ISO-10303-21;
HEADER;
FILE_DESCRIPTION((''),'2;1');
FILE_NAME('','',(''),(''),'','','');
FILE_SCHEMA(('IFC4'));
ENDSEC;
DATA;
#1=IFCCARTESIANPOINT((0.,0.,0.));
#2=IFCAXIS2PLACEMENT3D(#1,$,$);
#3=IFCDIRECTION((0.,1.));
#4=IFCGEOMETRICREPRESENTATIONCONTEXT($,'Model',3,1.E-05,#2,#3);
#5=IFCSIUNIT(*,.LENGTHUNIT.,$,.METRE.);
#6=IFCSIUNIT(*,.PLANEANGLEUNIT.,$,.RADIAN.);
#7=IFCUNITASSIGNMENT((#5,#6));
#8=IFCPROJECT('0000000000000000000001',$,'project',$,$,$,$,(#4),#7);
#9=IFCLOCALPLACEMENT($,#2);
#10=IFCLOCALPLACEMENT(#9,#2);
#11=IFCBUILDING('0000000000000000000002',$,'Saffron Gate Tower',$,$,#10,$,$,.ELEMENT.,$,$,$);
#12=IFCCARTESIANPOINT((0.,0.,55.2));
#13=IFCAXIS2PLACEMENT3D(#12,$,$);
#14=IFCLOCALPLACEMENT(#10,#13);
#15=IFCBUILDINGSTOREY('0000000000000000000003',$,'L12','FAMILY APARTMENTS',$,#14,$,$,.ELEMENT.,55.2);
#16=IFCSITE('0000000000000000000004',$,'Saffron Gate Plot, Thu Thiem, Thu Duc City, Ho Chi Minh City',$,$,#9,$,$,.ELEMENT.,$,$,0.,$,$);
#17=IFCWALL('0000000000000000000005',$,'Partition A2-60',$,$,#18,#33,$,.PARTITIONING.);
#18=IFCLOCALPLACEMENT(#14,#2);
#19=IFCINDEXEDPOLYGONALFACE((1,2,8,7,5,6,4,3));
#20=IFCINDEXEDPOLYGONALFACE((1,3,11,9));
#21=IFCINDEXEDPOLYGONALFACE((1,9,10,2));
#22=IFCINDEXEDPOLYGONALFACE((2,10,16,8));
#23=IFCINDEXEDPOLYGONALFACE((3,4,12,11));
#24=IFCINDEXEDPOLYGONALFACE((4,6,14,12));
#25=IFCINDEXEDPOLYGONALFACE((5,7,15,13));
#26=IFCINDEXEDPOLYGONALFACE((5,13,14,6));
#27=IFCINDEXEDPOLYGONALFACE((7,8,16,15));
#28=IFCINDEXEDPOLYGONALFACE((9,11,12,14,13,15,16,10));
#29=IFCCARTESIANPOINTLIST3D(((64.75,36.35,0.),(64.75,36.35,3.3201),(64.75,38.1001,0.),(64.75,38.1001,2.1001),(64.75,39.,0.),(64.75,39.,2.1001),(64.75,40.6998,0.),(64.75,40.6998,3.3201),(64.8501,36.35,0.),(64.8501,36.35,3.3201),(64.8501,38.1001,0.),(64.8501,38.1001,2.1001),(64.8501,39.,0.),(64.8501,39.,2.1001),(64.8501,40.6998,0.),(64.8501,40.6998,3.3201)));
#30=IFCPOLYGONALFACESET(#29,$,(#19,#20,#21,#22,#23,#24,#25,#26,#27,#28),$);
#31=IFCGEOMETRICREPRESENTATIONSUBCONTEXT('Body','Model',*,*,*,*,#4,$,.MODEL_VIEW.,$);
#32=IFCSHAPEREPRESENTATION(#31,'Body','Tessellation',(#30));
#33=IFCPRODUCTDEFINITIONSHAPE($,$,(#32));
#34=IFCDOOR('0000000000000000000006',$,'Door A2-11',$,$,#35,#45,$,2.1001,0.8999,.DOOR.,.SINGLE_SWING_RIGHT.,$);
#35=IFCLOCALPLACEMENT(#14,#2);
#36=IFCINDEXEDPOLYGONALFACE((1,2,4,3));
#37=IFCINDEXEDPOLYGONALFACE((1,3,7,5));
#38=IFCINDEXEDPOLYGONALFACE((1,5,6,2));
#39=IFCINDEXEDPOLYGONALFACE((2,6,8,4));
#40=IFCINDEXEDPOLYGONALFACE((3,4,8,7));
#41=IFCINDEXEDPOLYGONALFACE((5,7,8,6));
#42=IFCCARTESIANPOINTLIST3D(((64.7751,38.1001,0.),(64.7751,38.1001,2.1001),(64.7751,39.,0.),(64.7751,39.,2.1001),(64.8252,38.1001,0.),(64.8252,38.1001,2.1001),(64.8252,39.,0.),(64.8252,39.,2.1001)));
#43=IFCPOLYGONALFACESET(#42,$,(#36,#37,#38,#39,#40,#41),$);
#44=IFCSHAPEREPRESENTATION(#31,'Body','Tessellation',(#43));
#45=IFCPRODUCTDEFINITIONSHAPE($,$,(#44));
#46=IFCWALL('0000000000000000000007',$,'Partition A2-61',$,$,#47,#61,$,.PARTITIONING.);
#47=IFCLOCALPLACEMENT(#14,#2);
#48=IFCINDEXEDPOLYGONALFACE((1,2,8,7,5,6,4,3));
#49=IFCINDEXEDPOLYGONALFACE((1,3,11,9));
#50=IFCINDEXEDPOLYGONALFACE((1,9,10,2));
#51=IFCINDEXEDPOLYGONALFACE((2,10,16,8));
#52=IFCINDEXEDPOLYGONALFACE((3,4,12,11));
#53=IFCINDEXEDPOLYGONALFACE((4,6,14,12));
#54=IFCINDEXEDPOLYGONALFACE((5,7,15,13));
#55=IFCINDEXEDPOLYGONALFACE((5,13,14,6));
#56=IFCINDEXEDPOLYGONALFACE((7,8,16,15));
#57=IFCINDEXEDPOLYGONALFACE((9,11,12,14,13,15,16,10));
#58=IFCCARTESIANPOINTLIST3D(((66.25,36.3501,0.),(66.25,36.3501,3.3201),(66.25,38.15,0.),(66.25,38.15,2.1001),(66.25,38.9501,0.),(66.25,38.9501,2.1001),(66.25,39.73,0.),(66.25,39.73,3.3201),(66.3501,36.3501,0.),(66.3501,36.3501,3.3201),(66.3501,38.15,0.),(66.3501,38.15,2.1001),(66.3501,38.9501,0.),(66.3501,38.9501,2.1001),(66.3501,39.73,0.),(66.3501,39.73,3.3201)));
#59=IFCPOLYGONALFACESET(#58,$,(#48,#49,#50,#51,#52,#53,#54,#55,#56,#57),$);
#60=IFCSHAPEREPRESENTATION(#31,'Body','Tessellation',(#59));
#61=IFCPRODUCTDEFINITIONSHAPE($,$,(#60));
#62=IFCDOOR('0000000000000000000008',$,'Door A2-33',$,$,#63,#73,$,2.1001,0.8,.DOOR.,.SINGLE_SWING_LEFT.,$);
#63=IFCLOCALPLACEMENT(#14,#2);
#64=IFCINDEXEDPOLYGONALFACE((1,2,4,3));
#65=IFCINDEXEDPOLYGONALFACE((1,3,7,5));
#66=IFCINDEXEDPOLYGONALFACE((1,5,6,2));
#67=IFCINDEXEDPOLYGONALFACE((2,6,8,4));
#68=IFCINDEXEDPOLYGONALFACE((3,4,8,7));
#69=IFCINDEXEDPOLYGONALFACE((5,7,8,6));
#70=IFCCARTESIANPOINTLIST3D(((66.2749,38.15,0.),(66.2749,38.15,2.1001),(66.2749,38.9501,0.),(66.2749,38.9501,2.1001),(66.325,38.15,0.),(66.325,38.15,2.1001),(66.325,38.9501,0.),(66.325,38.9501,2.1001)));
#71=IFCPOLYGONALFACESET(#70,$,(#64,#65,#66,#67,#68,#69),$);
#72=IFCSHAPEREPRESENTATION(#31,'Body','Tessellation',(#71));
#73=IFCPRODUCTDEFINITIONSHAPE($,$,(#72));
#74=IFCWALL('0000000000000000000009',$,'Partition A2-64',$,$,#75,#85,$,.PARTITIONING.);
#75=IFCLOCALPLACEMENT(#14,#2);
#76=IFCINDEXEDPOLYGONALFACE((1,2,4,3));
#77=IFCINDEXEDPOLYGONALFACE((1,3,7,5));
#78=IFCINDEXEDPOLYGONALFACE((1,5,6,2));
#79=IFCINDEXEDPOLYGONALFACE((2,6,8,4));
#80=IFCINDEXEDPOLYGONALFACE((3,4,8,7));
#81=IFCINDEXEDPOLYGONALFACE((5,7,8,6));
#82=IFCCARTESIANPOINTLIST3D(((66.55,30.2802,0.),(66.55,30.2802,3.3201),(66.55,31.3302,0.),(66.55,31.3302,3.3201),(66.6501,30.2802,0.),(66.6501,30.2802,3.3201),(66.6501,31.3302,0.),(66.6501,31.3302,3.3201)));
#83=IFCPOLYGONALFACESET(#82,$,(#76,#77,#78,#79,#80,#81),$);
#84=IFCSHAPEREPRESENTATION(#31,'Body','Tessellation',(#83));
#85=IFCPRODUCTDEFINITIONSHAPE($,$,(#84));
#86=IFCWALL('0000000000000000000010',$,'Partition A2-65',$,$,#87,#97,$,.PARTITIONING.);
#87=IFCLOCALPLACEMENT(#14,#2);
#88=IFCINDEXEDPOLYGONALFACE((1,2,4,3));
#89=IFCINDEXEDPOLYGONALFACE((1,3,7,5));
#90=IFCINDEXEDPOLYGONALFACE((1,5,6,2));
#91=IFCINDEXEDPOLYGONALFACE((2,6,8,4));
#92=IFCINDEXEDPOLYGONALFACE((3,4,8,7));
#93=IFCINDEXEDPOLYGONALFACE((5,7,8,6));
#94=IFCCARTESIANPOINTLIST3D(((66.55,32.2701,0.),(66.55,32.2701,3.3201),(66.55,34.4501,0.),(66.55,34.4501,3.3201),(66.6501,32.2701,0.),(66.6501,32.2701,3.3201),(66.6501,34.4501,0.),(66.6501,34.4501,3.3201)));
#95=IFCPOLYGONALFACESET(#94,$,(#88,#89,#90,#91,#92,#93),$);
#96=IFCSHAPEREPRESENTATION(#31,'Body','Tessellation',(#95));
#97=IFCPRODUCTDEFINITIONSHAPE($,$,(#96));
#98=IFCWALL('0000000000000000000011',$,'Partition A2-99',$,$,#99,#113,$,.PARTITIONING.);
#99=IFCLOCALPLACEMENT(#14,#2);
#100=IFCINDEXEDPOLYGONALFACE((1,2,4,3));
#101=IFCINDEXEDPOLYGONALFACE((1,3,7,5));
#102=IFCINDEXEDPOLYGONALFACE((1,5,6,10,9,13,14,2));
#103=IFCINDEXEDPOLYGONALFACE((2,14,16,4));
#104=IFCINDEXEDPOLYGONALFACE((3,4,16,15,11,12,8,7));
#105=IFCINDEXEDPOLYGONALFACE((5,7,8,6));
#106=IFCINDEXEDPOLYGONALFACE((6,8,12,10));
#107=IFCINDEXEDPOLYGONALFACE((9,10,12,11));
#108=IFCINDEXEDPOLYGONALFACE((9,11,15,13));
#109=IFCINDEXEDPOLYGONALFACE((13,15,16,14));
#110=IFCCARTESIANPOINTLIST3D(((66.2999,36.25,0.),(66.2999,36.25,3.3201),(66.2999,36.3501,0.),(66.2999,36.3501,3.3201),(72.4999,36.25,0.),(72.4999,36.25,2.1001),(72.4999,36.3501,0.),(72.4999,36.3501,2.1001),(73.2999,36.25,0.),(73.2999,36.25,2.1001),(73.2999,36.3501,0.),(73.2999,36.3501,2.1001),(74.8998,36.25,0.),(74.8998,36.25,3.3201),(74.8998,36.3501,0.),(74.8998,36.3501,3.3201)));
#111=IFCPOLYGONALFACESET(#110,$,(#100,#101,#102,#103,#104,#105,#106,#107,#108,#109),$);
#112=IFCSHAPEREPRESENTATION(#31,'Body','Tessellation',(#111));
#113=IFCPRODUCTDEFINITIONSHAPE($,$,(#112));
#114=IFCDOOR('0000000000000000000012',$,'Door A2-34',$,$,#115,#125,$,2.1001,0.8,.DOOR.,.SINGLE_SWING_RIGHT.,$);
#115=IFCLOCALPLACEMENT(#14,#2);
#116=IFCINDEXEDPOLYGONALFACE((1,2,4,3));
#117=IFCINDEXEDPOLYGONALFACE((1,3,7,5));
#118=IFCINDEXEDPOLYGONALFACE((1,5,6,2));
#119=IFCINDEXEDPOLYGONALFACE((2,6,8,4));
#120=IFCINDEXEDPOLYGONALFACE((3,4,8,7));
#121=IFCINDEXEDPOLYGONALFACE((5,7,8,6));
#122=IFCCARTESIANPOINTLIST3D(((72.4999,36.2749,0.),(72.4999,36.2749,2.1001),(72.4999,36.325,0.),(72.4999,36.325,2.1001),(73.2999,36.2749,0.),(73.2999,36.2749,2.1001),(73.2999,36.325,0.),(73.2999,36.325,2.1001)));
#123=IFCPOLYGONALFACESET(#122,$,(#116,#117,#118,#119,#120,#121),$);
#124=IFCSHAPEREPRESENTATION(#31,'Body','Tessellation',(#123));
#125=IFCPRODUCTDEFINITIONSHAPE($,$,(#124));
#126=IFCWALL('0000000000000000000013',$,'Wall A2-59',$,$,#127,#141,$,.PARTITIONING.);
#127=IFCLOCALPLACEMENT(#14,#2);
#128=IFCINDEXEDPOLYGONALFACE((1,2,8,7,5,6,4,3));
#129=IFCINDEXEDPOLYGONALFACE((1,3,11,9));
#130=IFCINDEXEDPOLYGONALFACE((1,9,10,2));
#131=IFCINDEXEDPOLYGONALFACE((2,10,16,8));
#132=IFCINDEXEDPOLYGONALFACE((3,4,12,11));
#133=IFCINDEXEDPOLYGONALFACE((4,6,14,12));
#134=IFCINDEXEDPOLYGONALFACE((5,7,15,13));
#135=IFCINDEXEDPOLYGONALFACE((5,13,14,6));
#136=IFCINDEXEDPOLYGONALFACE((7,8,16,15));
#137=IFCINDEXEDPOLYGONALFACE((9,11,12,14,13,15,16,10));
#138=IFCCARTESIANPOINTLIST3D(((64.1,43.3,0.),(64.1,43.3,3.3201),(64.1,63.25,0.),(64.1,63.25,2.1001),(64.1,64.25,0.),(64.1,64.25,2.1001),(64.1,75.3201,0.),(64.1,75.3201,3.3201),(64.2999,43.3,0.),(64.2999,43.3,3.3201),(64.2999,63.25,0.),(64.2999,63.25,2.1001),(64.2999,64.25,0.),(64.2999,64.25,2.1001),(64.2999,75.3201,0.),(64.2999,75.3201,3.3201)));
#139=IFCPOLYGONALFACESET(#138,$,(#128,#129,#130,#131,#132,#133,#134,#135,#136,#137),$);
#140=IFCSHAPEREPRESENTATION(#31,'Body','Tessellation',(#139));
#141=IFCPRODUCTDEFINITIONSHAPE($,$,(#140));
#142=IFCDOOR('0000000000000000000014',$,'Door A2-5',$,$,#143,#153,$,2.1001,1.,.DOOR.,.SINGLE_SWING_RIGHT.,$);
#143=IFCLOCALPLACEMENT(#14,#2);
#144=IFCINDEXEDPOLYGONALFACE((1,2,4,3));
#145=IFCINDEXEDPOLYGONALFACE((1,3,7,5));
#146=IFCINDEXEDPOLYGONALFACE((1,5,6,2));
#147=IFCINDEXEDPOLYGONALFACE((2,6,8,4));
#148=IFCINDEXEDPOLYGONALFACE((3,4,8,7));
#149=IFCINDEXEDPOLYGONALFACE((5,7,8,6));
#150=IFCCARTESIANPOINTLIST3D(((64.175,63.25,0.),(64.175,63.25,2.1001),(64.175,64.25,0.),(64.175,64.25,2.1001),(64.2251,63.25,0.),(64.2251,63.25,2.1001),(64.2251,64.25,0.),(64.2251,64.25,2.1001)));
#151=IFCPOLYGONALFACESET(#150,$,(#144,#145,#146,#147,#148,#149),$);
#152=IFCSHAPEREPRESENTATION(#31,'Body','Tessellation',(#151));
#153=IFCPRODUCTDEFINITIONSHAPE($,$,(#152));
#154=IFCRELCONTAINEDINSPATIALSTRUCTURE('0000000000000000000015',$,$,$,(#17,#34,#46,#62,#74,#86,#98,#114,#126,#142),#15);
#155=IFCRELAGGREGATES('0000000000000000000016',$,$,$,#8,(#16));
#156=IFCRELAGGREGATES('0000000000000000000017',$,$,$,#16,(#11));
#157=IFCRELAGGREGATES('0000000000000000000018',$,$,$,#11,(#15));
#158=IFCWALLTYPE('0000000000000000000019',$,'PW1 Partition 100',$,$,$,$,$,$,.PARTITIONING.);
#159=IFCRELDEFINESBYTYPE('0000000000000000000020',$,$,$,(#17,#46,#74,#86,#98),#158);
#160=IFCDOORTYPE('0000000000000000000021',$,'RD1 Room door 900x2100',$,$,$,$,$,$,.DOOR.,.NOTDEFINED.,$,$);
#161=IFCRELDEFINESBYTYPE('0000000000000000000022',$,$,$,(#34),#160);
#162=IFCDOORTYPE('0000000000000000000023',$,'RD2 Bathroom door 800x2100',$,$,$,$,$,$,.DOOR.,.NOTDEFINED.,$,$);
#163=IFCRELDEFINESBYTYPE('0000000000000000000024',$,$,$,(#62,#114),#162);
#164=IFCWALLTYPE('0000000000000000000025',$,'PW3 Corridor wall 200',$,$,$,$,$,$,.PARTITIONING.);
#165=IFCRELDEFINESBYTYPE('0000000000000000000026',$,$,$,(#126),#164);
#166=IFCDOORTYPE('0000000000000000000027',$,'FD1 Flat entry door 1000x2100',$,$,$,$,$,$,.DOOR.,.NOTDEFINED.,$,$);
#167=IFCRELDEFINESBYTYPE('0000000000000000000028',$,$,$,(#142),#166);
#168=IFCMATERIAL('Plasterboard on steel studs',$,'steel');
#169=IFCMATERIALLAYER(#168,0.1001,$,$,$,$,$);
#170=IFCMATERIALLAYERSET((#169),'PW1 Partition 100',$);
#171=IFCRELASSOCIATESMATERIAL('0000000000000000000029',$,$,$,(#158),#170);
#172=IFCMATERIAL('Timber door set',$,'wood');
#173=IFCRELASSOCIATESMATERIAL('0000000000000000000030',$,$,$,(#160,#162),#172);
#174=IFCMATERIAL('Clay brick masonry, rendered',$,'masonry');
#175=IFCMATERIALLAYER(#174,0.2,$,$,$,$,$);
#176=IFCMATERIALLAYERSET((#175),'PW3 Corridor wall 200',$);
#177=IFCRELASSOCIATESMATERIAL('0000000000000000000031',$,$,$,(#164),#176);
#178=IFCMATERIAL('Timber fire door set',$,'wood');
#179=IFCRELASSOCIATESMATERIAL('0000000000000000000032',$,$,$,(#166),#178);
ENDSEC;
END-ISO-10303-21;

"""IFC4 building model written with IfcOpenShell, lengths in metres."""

from ifc_helpers import new_model, si_unit, direction, frame, frame_2d, origin, place, context, subcontext, project, spatial, rectangle, extrude, material, layer, layer_set, type_object, element, fill, save


model = new_model("IFC4")

# Units and contexts
model_context = context("Model", 3, precision=1e-05, world=origin(), true_north=direction((0.0, 1.0)))
body_context = subcontext(model_context, "Body", "Model", "MODEL_VIEW")
ifc_project = project(units=[si_unit("LENGTHUNIT", "METRE"), si_unit("PLANEANGLEUNIT", "RADIAN")], contexts=[model_context])

# Site, building, storey
site_placement = place(None, origin())
site = spatial("IfcSite", under=ifc_project, at=site_placement, Name="Saffron Gate Plot, Thu Thiem, Thu Duc City, Ho Chi Minh City", CompositionType="ELEMENT", RefElevation=0.0)
building_placement = place(site_placement, origin())
building = spatial("IfcBuilding", under=site, at=building_placement, Name="Saffron Gate Tower", CompositionType="ELEMENT")
storey_placement = place(building_placement, frame((0.0, 0.0, 55.2)))
storey = spatial("IfcBuildingStorey", under=building, at=storey_placement, Name="L12", Description="FAMILY APARTMENTS", CompositionType="ELEMENT", Elevation=55.2)

# Shared definitions
ifc_material_1 = material(Name="Plasterboard on steel studs", Category="steel")
ifc_layer_1 = layer(ifc_material_1, 0.1001)
ifc_layer_set_1 = layer_set([ifc_layer_1], Name="PW1 Partition 100")
wall_type_1 = type_object("IfcWallType", Name="PW1 Partition 100", PredefinedType="PARTITIONING", material=ifc_layer_set_1)

# Shared definitions
ifc_material_2 = material(Name="Timber door set", Category="wood")
door_type_1 = type_object("IfcDoorType", Name="RD1 Room door 900x2100", OperationType="NOTDEFINED", PredefinedType="DOOR", material=ifc_material_2)

# Walls, openings, doors
wall_1_placement = place(storey_placement, frame((64.8, 36.3501, 0.0), z_axis=(0.0, 0.0, 1.0), x_axis=(0.0, 1.0, 0.0)))
wall_1 = element("IfcWall", 1, at=wall_1_placement, inside=storey, type_object=wall_type_1, Name="Partition A2-60", PredefinedType="PARTITIONING", context=body_context, shape_type="SweptSolid", body=[
    extrude(rectangle(XDim=4.3499, YDim=0.1001, at=frame_2d((2.1748, 0.0))), origin(), (0.0, 0.0, 1.0), 3.3201),
])
opening_1_placement = place(wall_1_placement, frame((1.75, 0.0, 0.0)))
opening_1 = element("IfcOpeningElement", 2, at=opening_1_placement, cuts=wall_1, PredefinedType="OPENING", context=body_context, shape_type="SweptSolid", body=[
    extrude(rectangle(XDim=0.8999, YDim=2.1001, at=frame_2d((0.45, 1.05))), frame((0.0, 0.0601, 0.0), z_axis=(0.0, -1.0, 0.0), x_axis=(1.0, 0.0, 0.0)), (0.0, 0.0, 1.0), 0.1201),
])
door_1_placement = place(opening_1_placement, origin())
door_1 = element("IfcDoor", 3, at=door_1_placement, inside=storey, type_object=door_type_1, Name="Door A2-11", OperationType="SINGLE_SWING_RIGHT", OverallHeight=2.1001, OverallWidth=0.8999, PredefinedType="DOOR", context=body_context, shape_type="SweptSolid", body=[
    extrude(rectangle(XDim=0.8999, YDim=2.1001, at=frame_2d((0.45, 1.05))), frame((0.0, 0.0249, 0.0), z_axis=(0.0, -1.0, 0.0), x_axis=(1.0, 0.0, 0.0)), (0.0, 0.0, 1.0), 0.05),
])
fill(opening_1, door_1)
wall_2_placement = place(storey_placement, frame((66.3, 39.73, 0.0), z_axis=(0.0, 0.0, 1.0), x_axis=(0.0, -1.0, 0.0)))
wall_2 = element("IfcWall", 4, at=wall_2_placement, inside=storey, type_object=wall_type_1, Name="Partition A2-61", PredefinedType="PARTITIONING", context=body_context, shape_type="SweptSolid", body=[
    extrude(rectangle(XDim=3.3799, YDim=0.1001, at=frame_2d((1.6899, 0.0))), origin(), (0.0, 0.0, 1.0), 3.3201),
])
opening_2_placement = place(wall_2_placement, frame((0.78, 0.0, 0.0)))
opening_2 = element("IfcOpeningElement", 5, at=opening_2_placement, cuts=wall_2, PredefinedType="OPENING", context=body_context, shape_type="SweptSolid", body=[
    extrude(rectangle(XDim=0.8, YDim=2.1001, at=frame_2d((0.3999, 1.05))), frame((0.0, 0.0601, 0.0), z_axis=(0.0, -1.0, 0.0), x_axis=(1.0, 0.0, 0.0)), (0.0, 0.0, 1.0), 0.1201),
])
door_type_2 = type_object("IfcDoorType", Name="RD2 Bathroom door 800x2100", OperationType="NOTDEFINED", PredefinedType="DOOR", material=ifc_material_2)
door_2_placement = place(opening_2_placement, origin())
door_2 = element("IfcDoor", 6, at=door_2_placement, inside=storey, type_object=door_type_2, Name="Door A2-33", OperationType="SINGLE_SWING_LEFT", OverallHeight=2.1001, OverallWidth=0.8, PredefinedType="DOOR", context=body_context, shape_type="SweptSolid", body=[
    extrude(rectangle(XDim=0.8, YDim=2.1001, at=frame_2d((0.3999, 1.05))), frame((0.0, 0.0249, 0.0), z_axis=(0.0, -1.0, 0.0), x_axis=(1.0, 0.0, 0.0)), (0.0, 0.0, 1.0), 0.05),
])
fill(opening_2, door_2)

# Walls
wall_3_placement = place(storey_placement, frame((66.6001, 31.3301, 0.0), z_axis=(0.0, 0.0, 1.0), x_axis=(0.0, -1.0, 0.0)))
element("IfcWall", 7, at=wall_3_placement, inside=storey, type_object=wall_type_1, Name="Partition A2-64", PredefinedType="PARTITIONING", context=body_context, shape_type="SweptSolid", body=[
    extrude(rectangle(XDim=1.05, YDim=0.1001, at=frame_2d((0.5249, 0.0))), origin(), (0.0, 0.0, 1.0), 3.3201),
])
wall_4_placement = place(storey_placement, frame((66.6001, 34.45, 0.0), z_axis=(0.0, 0.0, 1.0), x_axis=(0.0, -1.0, 0.0)))
element("IfcWall", 8, at=wall_4_placement, inside=storey, type_object=wall_type_1, Name="Partition A2-65", PredefinedType="PARTITIONING", context=body_context, shape_type="SweptSolid", body=[
    extrude(rectangle(XDim=2.1799, YDim=0.1001, at=frame_2d((1.0898, 0.0))), origin(), (0.0, 0.0, 1.0), 3.3201),
])

# Walls, openings, doors
wall_5_placement = place(storey_placement, frame((66.3, 36.3, 0.0), z_axis=(0.0, 0.0, 1.0), x_axis=(1.0, 0.0, 0.0)))
wall_5 = element("IfcWall", 9, at=wall_5_placement, inside=storey, type_object=wall_type_1, Name="Partition A2-99", PredefinedType="PARTITIONING", context=body_context, shape_type="SweptSolid", body=[
    extrude(rectangle(XDim=8.5999, YDim=0.1001, at=frame_2d((4.2998, 0.0))), origin(), (0.0, 0.0, 1.0), 3.3201),
])
opening_3_placement = place(wall_5_placement, frame((6.2, 0.0, 0.0)))
opening_3 = element("IfcOpeningElement", 10, at=opening_3_placement, cuts=wall_5, PredefinedType="OPENING", context=body_context, shape_type="SweptSolid", body=[
    extrude(rectangle(XDim=0.8, YDim=2.1001, at=frame_2d((0.3999, 1.05))), frame((0.0, 0.0601, 0.0), z_axis=(0.0, -1.0, 0.0), x_axis=(1.0, 0.0, 0.0)), (0.0, 0.0, 1.0), 0.1201),
])
door_3_placement = place(opening_3_placement, origin())
door_3 = element("IfcDoor", 11, at=door_3_placement, inside=storey, type_object=door_type_2, Name="Door A2-34", OperationType="SINGLE_SWING_RIGHT", OverallHeight=2.1001, OverallWidth=0.8, PredefinedType="DOOR", context=body_context, shape_type="SweptSolid", body=[
    extrude(rectangle(XDim=0.8, YDim=2.1001, at=frame_2d((0.3999, 1.05))), frame((0.0, 0.0249, 0.0), z_axis=(0.0, -1.0, 0.0), x_axis=(1.0, 0.0, 0.0)), (0.0, 0.0, 1.0), 0.05),
])
fill(opening_3, door_3)
ifc_material_3 = material(Name="Clay brick masonry, rendered", Category="masonry")
ifc_layer_2 = layer(ifc_material_3, 0.2)
ifc_layer_set_2 = layer_set([ifc_layer_2], Name="PW3 Corridor wall 200")
wall_type_2 = type_object("IfcWallType", Name="PW3 Corridor wall 200", PredefinedType="PARTITIONING", material=ifc_layer_set_2)
wall_6_placement = place(storey_placement, frame((64.2, 43.3, 0.0), z_axis=(0.0, 0.0, 1.0), x_axis=(0.0, 1.0, 0.0)))
wall_6 = element("IfcWall", 12, at=wall_6_placement, inside=storey, type_object=wall_type_2, Name="Wall A2-59", PredefinedType="PARTITIONING", context=body_context, shape_type="SweptSolid", body=[
    extrude(rectangle(XDim=32.02, YDim=0.2, at=frame_2d((16.01, 0.0))), origin(), (0.0, 0.0, 1.0), 3.3201),
])
opening_4_placement = place(wall_6_placement, frame((19.95, 0.0, 0.0)))
opening_4 = element("IfcOpeningElement", 13, at=opening_4_placement, cuts=wall_6, PredefinedType="OPENING", context=body_context, shape_type="SweptSolid", body=[
    extrude(rectangle(XDim=1.0, YDim=2.1001, at=frame_2d((0.5, 1.05))), frame((0.0, 0.1099, 0.0), z_axis=(0.0, -1.0, 0.0), x_axis=(1.0, 0.0, 0.0)), (0.0, 0.0, 1.0), 0.22),
])
ifc_material_4 = material(Name="Timber fire door set", Category="wood")
door_type_3 = type_object("IfcDoorType", Name="FD1 Flat entry door 1000x2100", OperationType="NOTDEFINED", PredefinedType="DOOR", material=ifc_material_4)
door_4_placement = place(opening_4_placement, origin())
door_4 = element("IfcDoor", 14, at=door_4_placement, inside=storey, type_object=door_type_3, Name="Door A2-5", OperationType="SINGLE_SWING_RIGHT", OverallHeight=2.1001, OverallWidth=1.0, PredefinedType="DOOR", context=body_context, shape_type="SweptSolid", body=[
    extrude(rectangle(XDim=1.0, YDim=2.1001, at=frame_2d((0.5, 1.05))), frame((0.0, 0.0249, 0.0), z_axis=(0.0, -1.0, 0.0), x_axis=(1.0, 0.0, 0.0)), (0.0, 0.0, 1.0), 0.05),
])
fill(opening_4, door_4)

save(model, "model.ifc")
